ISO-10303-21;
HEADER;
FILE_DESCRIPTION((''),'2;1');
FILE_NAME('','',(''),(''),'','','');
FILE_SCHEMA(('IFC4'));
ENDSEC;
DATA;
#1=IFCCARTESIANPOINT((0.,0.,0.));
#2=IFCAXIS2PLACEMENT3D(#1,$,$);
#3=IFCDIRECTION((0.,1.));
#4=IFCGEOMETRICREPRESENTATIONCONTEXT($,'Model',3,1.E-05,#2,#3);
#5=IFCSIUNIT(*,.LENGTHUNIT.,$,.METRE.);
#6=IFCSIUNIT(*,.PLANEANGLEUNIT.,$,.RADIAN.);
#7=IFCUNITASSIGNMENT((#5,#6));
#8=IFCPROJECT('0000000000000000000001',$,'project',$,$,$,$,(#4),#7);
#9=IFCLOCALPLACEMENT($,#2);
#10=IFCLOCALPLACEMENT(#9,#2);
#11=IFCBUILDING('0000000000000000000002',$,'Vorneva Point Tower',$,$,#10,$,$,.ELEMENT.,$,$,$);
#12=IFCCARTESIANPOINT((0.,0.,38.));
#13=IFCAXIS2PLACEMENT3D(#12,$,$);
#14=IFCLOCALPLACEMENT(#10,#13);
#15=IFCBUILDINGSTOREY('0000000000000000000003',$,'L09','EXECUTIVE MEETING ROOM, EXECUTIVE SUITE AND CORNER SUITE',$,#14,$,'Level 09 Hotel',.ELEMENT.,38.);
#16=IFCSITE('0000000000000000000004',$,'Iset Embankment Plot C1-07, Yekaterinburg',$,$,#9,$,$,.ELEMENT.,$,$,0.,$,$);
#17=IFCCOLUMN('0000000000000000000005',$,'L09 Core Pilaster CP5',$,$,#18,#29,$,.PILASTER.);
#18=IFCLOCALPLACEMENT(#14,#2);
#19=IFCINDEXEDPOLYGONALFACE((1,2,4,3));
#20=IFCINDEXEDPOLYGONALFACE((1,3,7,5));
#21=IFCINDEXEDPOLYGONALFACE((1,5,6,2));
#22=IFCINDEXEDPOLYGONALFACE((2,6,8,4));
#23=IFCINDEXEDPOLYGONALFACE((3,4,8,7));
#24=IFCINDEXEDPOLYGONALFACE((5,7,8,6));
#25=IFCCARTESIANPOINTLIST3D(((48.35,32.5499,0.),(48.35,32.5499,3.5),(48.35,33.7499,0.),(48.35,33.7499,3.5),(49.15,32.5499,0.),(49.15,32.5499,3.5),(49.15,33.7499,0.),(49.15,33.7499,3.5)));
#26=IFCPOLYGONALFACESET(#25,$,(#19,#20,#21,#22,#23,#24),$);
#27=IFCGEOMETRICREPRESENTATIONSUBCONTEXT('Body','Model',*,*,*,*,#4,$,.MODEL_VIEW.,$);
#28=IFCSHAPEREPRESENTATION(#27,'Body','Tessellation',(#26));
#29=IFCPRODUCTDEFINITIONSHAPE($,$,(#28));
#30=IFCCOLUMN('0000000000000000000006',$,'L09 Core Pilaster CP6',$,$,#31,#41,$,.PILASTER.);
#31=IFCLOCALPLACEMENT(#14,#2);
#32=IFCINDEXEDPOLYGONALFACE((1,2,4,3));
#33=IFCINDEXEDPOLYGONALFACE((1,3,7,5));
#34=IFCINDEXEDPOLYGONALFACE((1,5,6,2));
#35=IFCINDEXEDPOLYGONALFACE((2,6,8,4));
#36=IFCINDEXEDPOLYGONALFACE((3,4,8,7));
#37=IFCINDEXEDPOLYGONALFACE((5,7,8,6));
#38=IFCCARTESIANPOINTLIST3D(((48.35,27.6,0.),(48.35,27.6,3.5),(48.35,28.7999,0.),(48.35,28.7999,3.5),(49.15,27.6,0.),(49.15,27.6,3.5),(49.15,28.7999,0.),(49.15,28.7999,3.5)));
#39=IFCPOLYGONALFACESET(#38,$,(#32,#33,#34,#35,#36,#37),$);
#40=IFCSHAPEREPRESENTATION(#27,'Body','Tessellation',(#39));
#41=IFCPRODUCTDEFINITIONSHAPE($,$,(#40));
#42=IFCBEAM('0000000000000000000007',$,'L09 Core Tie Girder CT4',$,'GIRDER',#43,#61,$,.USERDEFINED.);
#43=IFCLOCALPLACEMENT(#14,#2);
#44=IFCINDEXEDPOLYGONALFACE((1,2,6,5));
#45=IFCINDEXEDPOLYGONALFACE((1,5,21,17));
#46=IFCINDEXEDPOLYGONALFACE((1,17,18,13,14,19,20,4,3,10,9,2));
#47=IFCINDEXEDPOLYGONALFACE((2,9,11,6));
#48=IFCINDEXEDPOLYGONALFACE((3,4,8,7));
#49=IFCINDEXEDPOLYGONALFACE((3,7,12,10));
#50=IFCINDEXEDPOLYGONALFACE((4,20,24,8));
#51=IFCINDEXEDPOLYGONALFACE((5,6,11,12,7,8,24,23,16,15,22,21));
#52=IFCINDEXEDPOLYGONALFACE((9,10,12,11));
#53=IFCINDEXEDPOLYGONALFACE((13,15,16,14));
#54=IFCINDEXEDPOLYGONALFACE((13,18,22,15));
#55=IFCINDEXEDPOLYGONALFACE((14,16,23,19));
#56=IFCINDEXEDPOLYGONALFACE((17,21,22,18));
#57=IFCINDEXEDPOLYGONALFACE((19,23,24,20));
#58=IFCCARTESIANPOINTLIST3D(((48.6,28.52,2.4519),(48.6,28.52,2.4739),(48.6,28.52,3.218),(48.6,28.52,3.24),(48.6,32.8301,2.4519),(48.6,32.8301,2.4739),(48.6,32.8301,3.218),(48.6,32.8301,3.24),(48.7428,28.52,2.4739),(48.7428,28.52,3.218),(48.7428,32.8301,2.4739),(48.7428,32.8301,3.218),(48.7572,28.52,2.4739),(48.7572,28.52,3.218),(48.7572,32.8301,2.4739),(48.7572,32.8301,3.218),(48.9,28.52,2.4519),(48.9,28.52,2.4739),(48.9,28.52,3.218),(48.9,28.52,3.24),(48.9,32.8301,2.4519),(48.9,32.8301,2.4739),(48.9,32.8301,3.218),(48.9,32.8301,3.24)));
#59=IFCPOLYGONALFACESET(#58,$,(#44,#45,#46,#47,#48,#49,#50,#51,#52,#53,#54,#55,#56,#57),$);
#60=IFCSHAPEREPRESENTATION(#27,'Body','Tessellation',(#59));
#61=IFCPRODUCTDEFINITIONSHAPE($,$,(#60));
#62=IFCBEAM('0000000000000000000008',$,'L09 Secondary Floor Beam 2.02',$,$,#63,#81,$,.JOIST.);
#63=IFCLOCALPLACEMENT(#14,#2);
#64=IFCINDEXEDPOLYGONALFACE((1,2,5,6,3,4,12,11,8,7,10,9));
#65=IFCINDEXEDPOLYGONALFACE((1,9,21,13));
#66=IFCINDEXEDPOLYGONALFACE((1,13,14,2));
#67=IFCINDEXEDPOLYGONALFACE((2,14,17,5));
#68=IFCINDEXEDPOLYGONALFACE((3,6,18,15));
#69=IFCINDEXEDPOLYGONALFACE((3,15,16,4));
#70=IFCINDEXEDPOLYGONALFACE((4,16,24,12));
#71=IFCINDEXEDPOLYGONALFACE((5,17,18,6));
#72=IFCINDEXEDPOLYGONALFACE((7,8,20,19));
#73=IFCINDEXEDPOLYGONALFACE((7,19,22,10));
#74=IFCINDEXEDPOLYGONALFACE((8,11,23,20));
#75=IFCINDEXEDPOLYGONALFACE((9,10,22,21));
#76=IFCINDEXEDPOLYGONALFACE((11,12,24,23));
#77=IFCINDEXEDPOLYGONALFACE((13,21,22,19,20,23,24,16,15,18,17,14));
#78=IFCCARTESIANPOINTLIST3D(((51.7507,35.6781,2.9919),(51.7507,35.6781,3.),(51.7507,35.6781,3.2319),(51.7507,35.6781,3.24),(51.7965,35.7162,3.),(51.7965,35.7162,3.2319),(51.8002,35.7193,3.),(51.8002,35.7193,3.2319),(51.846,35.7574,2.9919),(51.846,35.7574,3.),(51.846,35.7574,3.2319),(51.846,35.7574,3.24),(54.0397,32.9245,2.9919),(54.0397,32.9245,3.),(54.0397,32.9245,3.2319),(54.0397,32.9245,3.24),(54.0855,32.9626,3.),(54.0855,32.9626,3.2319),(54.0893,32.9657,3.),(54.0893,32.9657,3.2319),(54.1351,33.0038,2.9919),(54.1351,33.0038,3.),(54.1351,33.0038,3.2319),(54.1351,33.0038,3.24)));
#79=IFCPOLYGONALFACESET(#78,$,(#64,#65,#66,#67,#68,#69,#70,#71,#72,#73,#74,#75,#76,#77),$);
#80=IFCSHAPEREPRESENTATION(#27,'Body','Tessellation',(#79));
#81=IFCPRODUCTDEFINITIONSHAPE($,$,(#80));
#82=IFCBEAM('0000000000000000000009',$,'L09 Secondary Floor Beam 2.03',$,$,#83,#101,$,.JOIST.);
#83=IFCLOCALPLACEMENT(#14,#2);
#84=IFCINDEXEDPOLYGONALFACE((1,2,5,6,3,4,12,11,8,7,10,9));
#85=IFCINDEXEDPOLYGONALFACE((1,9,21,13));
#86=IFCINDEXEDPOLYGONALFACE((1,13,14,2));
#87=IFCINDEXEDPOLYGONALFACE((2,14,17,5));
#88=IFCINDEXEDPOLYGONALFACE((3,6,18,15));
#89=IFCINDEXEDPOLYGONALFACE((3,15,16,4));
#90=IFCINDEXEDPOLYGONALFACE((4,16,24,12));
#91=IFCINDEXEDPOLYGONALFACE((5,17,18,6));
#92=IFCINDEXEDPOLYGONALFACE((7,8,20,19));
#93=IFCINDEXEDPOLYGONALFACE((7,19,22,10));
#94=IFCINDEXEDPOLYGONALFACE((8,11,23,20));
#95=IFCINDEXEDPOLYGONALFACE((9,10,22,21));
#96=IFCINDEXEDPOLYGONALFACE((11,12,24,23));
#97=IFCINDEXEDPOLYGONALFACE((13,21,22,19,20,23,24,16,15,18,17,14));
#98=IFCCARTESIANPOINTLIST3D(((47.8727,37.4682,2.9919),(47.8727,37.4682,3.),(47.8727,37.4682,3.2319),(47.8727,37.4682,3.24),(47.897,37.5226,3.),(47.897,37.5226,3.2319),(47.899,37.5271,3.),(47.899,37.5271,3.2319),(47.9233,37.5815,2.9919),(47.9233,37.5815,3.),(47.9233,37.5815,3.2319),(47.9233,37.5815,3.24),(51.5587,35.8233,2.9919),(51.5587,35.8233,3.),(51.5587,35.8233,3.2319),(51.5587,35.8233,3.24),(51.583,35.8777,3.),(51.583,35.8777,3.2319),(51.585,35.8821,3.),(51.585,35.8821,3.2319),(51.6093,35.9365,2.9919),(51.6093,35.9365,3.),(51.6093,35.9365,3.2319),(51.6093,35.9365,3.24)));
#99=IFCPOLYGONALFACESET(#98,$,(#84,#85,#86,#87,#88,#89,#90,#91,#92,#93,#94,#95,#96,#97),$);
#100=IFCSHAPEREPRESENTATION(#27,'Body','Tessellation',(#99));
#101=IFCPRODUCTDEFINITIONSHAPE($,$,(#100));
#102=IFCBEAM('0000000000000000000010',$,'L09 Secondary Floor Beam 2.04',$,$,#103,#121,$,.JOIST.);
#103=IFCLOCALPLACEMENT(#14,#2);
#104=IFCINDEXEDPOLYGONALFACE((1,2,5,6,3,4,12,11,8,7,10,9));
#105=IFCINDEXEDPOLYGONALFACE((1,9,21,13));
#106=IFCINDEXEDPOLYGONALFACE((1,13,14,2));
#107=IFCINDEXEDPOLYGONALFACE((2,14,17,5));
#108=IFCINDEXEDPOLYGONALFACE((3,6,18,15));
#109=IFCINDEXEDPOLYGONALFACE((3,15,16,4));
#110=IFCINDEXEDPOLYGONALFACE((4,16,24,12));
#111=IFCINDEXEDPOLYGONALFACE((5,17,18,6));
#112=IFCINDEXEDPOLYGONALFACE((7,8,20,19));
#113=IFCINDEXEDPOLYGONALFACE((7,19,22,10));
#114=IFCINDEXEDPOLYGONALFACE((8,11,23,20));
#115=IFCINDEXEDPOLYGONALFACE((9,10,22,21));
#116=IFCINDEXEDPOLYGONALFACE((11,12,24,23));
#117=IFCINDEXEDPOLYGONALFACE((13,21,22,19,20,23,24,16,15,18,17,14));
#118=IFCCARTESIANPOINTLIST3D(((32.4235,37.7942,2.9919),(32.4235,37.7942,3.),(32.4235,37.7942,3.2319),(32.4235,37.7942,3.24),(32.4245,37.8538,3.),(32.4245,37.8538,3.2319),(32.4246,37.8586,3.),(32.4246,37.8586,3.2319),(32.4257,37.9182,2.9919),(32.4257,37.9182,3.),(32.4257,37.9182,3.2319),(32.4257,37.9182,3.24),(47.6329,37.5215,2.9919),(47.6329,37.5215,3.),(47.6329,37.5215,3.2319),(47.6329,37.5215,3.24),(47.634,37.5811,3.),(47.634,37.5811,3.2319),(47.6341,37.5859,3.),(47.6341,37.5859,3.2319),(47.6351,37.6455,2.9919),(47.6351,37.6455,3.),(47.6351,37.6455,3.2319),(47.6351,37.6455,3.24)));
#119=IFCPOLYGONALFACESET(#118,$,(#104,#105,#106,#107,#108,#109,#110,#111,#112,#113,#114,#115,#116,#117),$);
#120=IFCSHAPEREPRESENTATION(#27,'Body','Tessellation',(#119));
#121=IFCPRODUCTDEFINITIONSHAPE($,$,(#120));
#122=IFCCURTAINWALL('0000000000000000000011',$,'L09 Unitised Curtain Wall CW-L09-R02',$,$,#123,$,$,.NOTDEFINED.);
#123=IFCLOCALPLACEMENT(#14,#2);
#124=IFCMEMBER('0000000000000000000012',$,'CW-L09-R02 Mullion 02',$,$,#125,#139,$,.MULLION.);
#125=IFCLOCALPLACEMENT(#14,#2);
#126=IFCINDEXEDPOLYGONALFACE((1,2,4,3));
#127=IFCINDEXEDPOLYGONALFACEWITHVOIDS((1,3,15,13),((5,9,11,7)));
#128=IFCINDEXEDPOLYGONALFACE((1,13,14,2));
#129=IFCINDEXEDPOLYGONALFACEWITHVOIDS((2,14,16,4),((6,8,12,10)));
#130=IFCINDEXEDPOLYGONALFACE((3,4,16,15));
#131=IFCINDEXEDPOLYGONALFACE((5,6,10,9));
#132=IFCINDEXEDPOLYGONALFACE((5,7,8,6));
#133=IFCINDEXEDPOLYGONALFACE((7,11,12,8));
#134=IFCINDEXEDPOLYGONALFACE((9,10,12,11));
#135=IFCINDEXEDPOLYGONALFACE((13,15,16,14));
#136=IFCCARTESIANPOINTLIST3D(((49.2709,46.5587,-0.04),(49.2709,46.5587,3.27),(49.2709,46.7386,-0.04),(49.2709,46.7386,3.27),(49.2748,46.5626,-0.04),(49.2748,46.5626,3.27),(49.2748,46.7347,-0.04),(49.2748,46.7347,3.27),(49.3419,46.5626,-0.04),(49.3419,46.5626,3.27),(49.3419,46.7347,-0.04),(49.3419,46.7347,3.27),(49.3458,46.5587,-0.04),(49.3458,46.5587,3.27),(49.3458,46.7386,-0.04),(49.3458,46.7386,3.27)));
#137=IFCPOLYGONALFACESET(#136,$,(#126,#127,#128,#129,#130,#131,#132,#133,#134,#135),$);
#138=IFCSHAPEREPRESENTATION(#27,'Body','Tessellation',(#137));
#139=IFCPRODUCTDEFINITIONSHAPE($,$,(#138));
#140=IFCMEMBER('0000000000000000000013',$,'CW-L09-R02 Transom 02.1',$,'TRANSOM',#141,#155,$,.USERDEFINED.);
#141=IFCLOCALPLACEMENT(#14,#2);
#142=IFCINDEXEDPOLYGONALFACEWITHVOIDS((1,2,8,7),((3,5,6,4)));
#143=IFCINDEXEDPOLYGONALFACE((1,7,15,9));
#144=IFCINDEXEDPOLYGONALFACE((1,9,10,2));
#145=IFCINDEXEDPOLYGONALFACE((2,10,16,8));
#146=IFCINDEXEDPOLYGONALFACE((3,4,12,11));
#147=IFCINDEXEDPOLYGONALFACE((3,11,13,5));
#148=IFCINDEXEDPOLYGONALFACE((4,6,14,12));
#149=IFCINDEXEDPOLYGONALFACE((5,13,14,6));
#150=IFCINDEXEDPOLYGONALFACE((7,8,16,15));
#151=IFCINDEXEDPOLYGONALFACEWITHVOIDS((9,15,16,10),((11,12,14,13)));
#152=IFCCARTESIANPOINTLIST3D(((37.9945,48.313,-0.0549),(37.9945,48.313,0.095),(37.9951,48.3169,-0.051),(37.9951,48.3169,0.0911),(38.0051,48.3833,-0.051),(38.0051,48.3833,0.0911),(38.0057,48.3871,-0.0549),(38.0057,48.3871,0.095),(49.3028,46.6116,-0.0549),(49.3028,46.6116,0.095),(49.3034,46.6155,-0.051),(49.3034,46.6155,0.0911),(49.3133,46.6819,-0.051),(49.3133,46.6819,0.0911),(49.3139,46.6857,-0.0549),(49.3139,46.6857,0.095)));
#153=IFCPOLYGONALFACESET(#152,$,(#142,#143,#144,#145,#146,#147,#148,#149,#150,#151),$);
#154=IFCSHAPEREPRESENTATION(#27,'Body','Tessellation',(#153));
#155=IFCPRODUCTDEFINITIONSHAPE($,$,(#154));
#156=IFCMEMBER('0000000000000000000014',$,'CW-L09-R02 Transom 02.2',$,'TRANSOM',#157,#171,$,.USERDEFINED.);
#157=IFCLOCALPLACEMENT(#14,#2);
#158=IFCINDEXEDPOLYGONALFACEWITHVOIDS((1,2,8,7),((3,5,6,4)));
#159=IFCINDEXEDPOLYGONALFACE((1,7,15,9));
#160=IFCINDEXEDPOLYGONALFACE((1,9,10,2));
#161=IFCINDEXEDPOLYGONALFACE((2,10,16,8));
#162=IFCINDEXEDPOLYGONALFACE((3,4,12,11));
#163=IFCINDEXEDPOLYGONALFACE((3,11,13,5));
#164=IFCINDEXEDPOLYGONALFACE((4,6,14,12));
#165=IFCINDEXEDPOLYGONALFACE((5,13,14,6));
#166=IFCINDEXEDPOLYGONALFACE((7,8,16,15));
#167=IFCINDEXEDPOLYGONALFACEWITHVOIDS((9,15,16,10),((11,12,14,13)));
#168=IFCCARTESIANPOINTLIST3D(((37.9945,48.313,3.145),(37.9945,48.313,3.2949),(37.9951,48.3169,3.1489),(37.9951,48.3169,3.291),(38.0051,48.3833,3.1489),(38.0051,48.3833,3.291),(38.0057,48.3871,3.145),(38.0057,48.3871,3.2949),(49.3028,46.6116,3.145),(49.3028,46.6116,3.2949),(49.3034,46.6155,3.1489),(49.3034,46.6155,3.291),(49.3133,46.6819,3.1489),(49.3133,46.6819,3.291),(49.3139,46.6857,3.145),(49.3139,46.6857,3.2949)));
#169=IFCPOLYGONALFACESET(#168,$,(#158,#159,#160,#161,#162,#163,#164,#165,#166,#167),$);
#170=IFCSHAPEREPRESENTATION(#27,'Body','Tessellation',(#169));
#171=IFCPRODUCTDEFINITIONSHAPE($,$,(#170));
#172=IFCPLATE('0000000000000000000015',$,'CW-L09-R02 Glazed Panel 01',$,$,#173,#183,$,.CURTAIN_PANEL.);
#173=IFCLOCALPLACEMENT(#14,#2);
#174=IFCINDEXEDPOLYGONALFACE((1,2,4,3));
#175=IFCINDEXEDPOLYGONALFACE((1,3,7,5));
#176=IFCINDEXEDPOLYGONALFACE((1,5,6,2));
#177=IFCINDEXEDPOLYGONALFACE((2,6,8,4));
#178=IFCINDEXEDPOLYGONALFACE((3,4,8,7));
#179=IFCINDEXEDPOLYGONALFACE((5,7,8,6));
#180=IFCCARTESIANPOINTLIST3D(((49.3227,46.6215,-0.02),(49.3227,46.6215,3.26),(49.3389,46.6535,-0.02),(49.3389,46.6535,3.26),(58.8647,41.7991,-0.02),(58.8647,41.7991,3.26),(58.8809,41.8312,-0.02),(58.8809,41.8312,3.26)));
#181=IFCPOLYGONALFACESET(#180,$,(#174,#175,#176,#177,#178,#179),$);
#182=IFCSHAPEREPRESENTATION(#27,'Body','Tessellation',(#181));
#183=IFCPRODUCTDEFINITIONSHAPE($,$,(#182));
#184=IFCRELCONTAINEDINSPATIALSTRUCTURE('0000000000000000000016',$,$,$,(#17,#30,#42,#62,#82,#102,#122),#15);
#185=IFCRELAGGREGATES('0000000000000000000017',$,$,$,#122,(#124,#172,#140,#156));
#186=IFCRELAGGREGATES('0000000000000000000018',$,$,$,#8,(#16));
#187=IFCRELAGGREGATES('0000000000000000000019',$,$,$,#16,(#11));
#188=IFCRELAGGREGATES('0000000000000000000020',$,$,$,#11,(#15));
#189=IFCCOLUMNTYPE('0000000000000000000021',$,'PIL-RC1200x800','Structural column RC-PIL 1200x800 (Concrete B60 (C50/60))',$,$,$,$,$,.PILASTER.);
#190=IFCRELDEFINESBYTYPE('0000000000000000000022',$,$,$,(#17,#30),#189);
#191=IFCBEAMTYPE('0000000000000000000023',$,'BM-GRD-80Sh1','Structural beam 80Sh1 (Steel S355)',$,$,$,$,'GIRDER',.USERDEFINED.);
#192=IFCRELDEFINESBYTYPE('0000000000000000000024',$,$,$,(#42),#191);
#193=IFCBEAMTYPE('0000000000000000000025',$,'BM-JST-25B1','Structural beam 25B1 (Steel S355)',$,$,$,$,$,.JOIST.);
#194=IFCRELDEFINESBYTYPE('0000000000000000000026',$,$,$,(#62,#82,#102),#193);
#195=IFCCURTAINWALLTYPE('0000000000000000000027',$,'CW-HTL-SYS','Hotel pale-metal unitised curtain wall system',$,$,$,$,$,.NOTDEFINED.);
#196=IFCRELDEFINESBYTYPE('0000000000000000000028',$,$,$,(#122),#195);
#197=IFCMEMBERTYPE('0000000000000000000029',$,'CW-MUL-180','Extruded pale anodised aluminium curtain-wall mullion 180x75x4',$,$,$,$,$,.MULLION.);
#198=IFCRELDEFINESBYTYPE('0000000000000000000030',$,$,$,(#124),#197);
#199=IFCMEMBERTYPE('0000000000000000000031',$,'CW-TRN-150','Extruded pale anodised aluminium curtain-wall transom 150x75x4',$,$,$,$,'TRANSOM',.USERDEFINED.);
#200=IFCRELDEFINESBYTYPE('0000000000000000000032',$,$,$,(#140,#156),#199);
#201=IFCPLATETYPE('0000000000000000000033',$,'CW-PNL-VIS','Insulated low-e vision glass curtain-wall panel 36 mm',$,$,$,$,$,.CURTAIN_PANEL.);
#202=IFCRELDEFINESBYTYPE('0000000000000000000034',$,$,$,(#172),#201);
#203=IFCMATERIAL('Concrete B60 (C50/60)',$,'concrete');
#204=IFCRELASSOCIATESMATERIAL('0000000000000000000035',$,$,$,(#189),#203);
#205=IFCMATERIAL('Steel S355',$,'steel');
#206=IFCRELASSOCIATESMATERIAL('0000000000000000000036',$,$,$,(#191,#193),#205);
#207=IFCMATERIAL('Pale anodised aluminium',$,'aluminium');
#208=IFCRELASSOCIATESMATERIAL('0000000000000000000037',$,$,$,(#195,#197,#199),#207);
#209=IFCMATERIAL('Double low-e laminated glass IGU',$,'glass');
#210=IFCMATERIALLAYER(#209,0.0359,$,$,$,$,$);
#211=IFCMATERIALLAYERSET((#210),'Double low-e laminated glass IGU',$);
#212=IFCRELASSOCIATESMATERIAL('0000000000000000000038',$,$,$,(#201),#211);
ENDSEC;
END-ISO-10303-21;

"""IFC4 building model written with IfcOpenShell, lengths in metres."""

from ifc_helpers import new_model, si_unit, direction, frame, origin, origin_2d, place, context, subcontext, project, spatial, rectangle, hollow_rectangle, i_section, extrude, material, layer, layer_set, material_profile, profile_set, type_object, element, aggregate, save


model = new_model("IFC4")

# Units and contexts
model_context = context("Model", 3, precision=1e-05, world=origin(), true_north=direction((0.0, 1.0)))
body_context = subcontext(model_context, "Body", "Model", "MODEL_VIEW")
ifc_project = project(units=[si_unit("LENGTHUNIT", "METRE"), si_unit("PLANEANGLEUNIT", "RADIAN")], contexts=[model_context])

# Site, building, storey
site_placement = place(None, origin())
site = spatial("IfcSite", under=ifc_project, at=site_placement, Name="Iset Embankment Plot C1-07, Yekaterinburg", CompositionType="ELEMENT", RefElevation=0.0)
building_placement = place(site_placement, origin())
building = spatial("IfcBuilding", under=site, at=building_placement, Name="Vorneva Point Tower", CompositionType="ELEMENT")
storey_placement = place(building_placement, frame((0.0, 0.0, 38.0)))
storey = spatial("IfcBuildingStorey", under=building, at=storey_placement, Name="L09", Description="EXECUTIVE MEETING ROOM, EXECUTIVE SUITE AND CORNER SUITE", LongName="Level 09 Hotel", CompositionType="ELEMENT", Elevation=38.0)

# Columns
ifc_material_1 = material(Name="Concrete B60 (C50/60)", Category="concrete")
ifc_material_profile_1 = material_profile(ifc_material_1, rectangle(XDim=0.8, YDim=1.2, at=origin_2d()), Name="RC-PIL 1200x800")
ifc_profile_set_1 = profile_set([ifc_material_profile_1], Name="Concrete B60 (C50/60)")
column_type = type_object("IfcColumnType", Name="PIL-RC1200x800", Description="Structural column RC-PIL 1200x800 (Concrete B60 (C50/60))", PredefinedType="PILASTER", material=ifc_profile_set_1)
for number, where, z_axis, x_axis, name in (
    (1, (48.75, 33.1499, 0.0), (0.0, 0.0, 1.0), (1.0, 0.0, 0.0), "L09 Core Pilaster CP5"),
    (2, (48.75, 28.2, 0.0), (0.0, 0.0, 1.0), (1.0, 0.0, 0.0), "L09 Core Pilaster CP6"),
):
    element("IfcColumn", number, at=place(storey_placement, frame(where, z_axis=z_axis, x_axis=x_axis)), inside=storey, type_object=column_type, Name=name, PredefinedType="PILASTER", context=body_context, shape_type="SweptSolid", body=[
        extrude(rectangle(XDim=0.8, YDim=1.2, at=origin_2d()), origin(), (0.0, 0.0, 1.0), 3.5),
    ])

# Beams
ifc_material_2 = material(Name="Steel S355", Category="steel")
ifc_material_profile_2 = material_profile(ifc_material_2, i_section(OverallWidth=0.3, OverallDepth=0.7881, WebThickness=0.0144, FlangeThickness=0.022, at=origin_2d()), Name="80Sh1")
ifc_profile_set_2 = profile_set([ifc_material_profile_2], Name="Steel S355")
beam_type_1 = type_object("IfcBeamType", Name="BM-GRD-80Sh1", Description="Structural beam 80Sh1 (Steel S355)", ElementType="GIRDER", PredefinedType="USERDEFINED", material=ifc_profile_set_2)
beam_1_placement = place(storey_placement, frame((48.75, 28.52, 2.8459), z_axis=(0.0, 1.0, 0.0), x_axis=(-1.0, 0.0, 0.0)))
element("IfcBeam", 3, at=beam_1_placement, inside=storey, type_object=beam_type_1, Name="L09 Core Tie Girder CT4", ObjectType="GIRDER", PredefinedType="USERDEFINED", context=body_context, shape_type="SweptSolid", body=[
    extrude(i_section(OverallWidth=0.3, OverallDepth=0.7881, WebThickness=0.0144, FlangeThickness=0.022, at=origin_2d()), origin(), (0.0, 0.0, 1.0), 4.3101),
])
ifc_material_profile_3 = material_profile(ifc_material_2, i_section(OverallWidth=0.124, OverallDepth=0.248, WebThickness=0.0049, FlangeThickness=0.0081, at=origin_2d()), Name="25B1")
ifc_profile_set_3 = profile_set([ifc_material_profile_3], Name="Steel S355")
beam_type_2 = type_object("IfcBeamType", Name="BM-JST-25B1", Description="Structural beam 25B1 (Steel S355)", PredefinedType="JOIST", material=ifc_profile_set_3)
beam_2_placement = place(storey_placement, frame((54.0874, 32.9641, 3.116), z_axis=(-0.639252, 0.768998, 0.0), x_axis=(-0.768998, -0.639252, 0.0)))
element("IfcBeam", 4, at=beam_2_placement, inside=storey, type_object=beam_type_2, Name="L09 Secondary Floor Beam 2.02", PredefinedType="JOIST", context=body_context, shape_type="SweptSolid", body=[
    extrude(i_section(OverallWidth=0.124, OverallDepth=0.248, WebThickness=0.0049, FlangeThickness=0.0081, at=origin_2d()), origin(), (0.0, 0.0, 1.0), 3.5808),
])
beam_3_placement = place(storey_placement, frame((51.584, 35.8799, 3.116), z_axis=(-0.913187, 0.407541, 0.0), x_axis=(-0.407541, -0.913187, 0.0)))
element("IfcBeam", 5, at=beam_3_placement, inside=storey, type_object=beam_type_2, Name="L09 Secondary Floor Beam 2.03", PredefinedType="JOIST", context=body_context, shape_type="SweptSolid", body=[
    extrude(i_section(OverallWidth=0.124, OverallDepth=0.248, WebThickness=0.0049, FlangeThickness=0.0081, at=origin_2d()), origin(), (0.0, 0.0, 1.0), 4.0364),
])
beam_4_placement = place(storey_placement, frame((47.634, 37.5835, 3.116), z_axis=(-0.999839, 0.017927, 0.0), x_axis=(-0.017927, -0.999839, 0.0)))
element("IfcBeam", 6, at=beam_4_placement, inside=storey, type_object=beam_type_2, Name="L09 Secondary Floor Beam 2.04", PredefinedType="JOIST", context=body_context, shape_type="SweptSolid", body=[
    extrude(i_section(OverallWidth=0.124, OverallDepth=0.248, WebThickness=0.0049, FlangeThickness=0.0081, at=origin_2d()), origin(), (0.0, 0.0, 1.0), 15.2119),
])

# Curtain wall, members, plate
ifc_material_3 = material(Name="Pale anodised aluminium", Category="aluminium")
curtain_wall_type = type_object("IfcCurtainWallType", Name="CW-HTL-SYS", Description="Hotel pale-metal unitised curtain wall system", PredefinedType="NOTDEFINED", material=ifc_material_3)
curtain_wall_placement = place(storey_placement, origin())
curtain_wall = element("IfcCurtainWall", 7, at=curtain_wall_placement, inside=storey, type_object=curtain_wall_type, Name="L09 Unitised Curtain Wall CW-L09-R02", PredefinedType="NOTDEFINED")
ifc_material_profile_4 = material_profile(ifc_material_3, hollow_rectangle(XDim=0.075, YDim=0.1799, WallThickness=0.0039, at=origin_2d()), Name="AL-MUL 180x75x4")
ifc_profile_set_4 = profile_set([ifc_material_profile_4], Name="Pale anodised aluminium")
member_type_1 = type_object("IfcMemberType", Name="CW-MUL-180", Description="Extruded pale anodised aluminium curtain-wall mullion 180x75x4", PredefinedType="MULLION", material=ifc_profile_set_4)
member_1_placement = place(storey_placement, frame((49.3083, 46.6487, -0.04), z_axis=(0.0, 0.0, 1.0), x_axis=(1.0, 0.0, 0.0)))
member_1 = element("IfcMember", 8, at=member_1_placement, type_object=member_type_1, Name="CW-L09-R02 Mullion 02", PredefinedType="MULLION", context=body_context, shape_type="SweptSolid", body=[
    extrude(hollow_rectangle(XDim=0.075, YDim=0.1799, WallThickness=0.0039, at=origin_2d()), origin(), (0.0, 0.0, 1.0), 3.3101),
])
ifc_material_profile_5 = material_profile(ifc_material_3, hollow_rectangle(XDim=0.075, YDim=0.1499, WallThickness=0.0039, at=origin_2d()), Name="AL-TRN 150x75x4")
ifc_profile_set_5 = profile_set([ifc_material_profile_5], Name="Pale anodised aluminium")
member_type_2 = type_object("IfcMemberType", Name="CW-TRN-150", Description="Extruded pale anodised aluminium curtain-wall transom 150x75x4", ElementType="TRANSOM", PredefinedType="USERDEFINED", material=ifc_profile_set_5)
member_2_placement = place(storey_placement, frame((49.3083, 46.6487, 0.02), z_axis=(-0.98887, 0.148782, 0.0), x_axis=(-0.148782, -0.98887, 0.0)))
member_2 = element("IfcMember", 9, at=member_2_placement, type_object=member_type_2, Name="CW-L09-R02 Transom 02.1", ObjectType="TRANSOM", PredefinedType="USERDEFINED", context=body_context, shape_type="SweptSolid", body=[
    extrude(hollow_rectangle(XDim=0.075, YDim=0.1499, WallThickness=0.0039, at=origin_2d()), origin(), (0.0, 0.0, 1.0), 11.4355),
])
member_3_placement = place(storey_placement, frame((49.3083, 46.6487, 3.22), z_axis=(-0.98887, 0.148782, 0.0), x_axis=(-0.148782, -0.98887, 0.0)))
member_3 = element("IfcMember", 10, at=member_3_placement, type_object=member_type_2, Name="CW-L09-R02 Transom 02.2", ObjectType="TRANSOM", PredefinedType="USERDEFINED", context=body_context, shape_type="SweptSolid", body=[
    extrude(hollow_rectangle(XDim=0.075, YDim=0.1499, WallThickness=0.0039, at=origin_2d()), origin(), (0.0, 0.0, 1.0), 11.4355),
])
ifc_material_4 = material(Name="Double low-e laminated glass IGU", Category="glass")
ifc_layer_1 = layer(ifc_material_4, 0.0359)
ifc_layer_set_1 = layer_set([ifc_layer_1], Name="Double low-e laminated glass IGU")
plate_type = type_object("IfcPlateType", Name="CW-PNL-VIS", Description="Insulated low-e vision glass curtain-wall panel 36 mm", PredefinedType="CURTAIN_PANEL", material=ifc_layer_set_1)
plate_placement = place(storey_placement, frame((54.1018, 44.2263, -0.02), z_axis=(0.0, 0.0, 1.0), x_axis=(-0.892499, 0.451049, 0.0)))
plate = element("IfcPlate", 11, at=plate_placement, type_object=plate_type, Name="CW-L09-R02 Glazed Panel 01", PredefinedType="CURTAIN_PANEL", context=body_context, shape_type="SweptSolid", body=[
    extrude(rectangle(XDim=10.6914, YDim=0.0359, at=origin_2d()), origin(), (0.0, 0.0, 1.0), 3.28),
])
aggregate(curtain_wall, [member_1, plate, member_2, member_3])

save(model, "model.ifc")
